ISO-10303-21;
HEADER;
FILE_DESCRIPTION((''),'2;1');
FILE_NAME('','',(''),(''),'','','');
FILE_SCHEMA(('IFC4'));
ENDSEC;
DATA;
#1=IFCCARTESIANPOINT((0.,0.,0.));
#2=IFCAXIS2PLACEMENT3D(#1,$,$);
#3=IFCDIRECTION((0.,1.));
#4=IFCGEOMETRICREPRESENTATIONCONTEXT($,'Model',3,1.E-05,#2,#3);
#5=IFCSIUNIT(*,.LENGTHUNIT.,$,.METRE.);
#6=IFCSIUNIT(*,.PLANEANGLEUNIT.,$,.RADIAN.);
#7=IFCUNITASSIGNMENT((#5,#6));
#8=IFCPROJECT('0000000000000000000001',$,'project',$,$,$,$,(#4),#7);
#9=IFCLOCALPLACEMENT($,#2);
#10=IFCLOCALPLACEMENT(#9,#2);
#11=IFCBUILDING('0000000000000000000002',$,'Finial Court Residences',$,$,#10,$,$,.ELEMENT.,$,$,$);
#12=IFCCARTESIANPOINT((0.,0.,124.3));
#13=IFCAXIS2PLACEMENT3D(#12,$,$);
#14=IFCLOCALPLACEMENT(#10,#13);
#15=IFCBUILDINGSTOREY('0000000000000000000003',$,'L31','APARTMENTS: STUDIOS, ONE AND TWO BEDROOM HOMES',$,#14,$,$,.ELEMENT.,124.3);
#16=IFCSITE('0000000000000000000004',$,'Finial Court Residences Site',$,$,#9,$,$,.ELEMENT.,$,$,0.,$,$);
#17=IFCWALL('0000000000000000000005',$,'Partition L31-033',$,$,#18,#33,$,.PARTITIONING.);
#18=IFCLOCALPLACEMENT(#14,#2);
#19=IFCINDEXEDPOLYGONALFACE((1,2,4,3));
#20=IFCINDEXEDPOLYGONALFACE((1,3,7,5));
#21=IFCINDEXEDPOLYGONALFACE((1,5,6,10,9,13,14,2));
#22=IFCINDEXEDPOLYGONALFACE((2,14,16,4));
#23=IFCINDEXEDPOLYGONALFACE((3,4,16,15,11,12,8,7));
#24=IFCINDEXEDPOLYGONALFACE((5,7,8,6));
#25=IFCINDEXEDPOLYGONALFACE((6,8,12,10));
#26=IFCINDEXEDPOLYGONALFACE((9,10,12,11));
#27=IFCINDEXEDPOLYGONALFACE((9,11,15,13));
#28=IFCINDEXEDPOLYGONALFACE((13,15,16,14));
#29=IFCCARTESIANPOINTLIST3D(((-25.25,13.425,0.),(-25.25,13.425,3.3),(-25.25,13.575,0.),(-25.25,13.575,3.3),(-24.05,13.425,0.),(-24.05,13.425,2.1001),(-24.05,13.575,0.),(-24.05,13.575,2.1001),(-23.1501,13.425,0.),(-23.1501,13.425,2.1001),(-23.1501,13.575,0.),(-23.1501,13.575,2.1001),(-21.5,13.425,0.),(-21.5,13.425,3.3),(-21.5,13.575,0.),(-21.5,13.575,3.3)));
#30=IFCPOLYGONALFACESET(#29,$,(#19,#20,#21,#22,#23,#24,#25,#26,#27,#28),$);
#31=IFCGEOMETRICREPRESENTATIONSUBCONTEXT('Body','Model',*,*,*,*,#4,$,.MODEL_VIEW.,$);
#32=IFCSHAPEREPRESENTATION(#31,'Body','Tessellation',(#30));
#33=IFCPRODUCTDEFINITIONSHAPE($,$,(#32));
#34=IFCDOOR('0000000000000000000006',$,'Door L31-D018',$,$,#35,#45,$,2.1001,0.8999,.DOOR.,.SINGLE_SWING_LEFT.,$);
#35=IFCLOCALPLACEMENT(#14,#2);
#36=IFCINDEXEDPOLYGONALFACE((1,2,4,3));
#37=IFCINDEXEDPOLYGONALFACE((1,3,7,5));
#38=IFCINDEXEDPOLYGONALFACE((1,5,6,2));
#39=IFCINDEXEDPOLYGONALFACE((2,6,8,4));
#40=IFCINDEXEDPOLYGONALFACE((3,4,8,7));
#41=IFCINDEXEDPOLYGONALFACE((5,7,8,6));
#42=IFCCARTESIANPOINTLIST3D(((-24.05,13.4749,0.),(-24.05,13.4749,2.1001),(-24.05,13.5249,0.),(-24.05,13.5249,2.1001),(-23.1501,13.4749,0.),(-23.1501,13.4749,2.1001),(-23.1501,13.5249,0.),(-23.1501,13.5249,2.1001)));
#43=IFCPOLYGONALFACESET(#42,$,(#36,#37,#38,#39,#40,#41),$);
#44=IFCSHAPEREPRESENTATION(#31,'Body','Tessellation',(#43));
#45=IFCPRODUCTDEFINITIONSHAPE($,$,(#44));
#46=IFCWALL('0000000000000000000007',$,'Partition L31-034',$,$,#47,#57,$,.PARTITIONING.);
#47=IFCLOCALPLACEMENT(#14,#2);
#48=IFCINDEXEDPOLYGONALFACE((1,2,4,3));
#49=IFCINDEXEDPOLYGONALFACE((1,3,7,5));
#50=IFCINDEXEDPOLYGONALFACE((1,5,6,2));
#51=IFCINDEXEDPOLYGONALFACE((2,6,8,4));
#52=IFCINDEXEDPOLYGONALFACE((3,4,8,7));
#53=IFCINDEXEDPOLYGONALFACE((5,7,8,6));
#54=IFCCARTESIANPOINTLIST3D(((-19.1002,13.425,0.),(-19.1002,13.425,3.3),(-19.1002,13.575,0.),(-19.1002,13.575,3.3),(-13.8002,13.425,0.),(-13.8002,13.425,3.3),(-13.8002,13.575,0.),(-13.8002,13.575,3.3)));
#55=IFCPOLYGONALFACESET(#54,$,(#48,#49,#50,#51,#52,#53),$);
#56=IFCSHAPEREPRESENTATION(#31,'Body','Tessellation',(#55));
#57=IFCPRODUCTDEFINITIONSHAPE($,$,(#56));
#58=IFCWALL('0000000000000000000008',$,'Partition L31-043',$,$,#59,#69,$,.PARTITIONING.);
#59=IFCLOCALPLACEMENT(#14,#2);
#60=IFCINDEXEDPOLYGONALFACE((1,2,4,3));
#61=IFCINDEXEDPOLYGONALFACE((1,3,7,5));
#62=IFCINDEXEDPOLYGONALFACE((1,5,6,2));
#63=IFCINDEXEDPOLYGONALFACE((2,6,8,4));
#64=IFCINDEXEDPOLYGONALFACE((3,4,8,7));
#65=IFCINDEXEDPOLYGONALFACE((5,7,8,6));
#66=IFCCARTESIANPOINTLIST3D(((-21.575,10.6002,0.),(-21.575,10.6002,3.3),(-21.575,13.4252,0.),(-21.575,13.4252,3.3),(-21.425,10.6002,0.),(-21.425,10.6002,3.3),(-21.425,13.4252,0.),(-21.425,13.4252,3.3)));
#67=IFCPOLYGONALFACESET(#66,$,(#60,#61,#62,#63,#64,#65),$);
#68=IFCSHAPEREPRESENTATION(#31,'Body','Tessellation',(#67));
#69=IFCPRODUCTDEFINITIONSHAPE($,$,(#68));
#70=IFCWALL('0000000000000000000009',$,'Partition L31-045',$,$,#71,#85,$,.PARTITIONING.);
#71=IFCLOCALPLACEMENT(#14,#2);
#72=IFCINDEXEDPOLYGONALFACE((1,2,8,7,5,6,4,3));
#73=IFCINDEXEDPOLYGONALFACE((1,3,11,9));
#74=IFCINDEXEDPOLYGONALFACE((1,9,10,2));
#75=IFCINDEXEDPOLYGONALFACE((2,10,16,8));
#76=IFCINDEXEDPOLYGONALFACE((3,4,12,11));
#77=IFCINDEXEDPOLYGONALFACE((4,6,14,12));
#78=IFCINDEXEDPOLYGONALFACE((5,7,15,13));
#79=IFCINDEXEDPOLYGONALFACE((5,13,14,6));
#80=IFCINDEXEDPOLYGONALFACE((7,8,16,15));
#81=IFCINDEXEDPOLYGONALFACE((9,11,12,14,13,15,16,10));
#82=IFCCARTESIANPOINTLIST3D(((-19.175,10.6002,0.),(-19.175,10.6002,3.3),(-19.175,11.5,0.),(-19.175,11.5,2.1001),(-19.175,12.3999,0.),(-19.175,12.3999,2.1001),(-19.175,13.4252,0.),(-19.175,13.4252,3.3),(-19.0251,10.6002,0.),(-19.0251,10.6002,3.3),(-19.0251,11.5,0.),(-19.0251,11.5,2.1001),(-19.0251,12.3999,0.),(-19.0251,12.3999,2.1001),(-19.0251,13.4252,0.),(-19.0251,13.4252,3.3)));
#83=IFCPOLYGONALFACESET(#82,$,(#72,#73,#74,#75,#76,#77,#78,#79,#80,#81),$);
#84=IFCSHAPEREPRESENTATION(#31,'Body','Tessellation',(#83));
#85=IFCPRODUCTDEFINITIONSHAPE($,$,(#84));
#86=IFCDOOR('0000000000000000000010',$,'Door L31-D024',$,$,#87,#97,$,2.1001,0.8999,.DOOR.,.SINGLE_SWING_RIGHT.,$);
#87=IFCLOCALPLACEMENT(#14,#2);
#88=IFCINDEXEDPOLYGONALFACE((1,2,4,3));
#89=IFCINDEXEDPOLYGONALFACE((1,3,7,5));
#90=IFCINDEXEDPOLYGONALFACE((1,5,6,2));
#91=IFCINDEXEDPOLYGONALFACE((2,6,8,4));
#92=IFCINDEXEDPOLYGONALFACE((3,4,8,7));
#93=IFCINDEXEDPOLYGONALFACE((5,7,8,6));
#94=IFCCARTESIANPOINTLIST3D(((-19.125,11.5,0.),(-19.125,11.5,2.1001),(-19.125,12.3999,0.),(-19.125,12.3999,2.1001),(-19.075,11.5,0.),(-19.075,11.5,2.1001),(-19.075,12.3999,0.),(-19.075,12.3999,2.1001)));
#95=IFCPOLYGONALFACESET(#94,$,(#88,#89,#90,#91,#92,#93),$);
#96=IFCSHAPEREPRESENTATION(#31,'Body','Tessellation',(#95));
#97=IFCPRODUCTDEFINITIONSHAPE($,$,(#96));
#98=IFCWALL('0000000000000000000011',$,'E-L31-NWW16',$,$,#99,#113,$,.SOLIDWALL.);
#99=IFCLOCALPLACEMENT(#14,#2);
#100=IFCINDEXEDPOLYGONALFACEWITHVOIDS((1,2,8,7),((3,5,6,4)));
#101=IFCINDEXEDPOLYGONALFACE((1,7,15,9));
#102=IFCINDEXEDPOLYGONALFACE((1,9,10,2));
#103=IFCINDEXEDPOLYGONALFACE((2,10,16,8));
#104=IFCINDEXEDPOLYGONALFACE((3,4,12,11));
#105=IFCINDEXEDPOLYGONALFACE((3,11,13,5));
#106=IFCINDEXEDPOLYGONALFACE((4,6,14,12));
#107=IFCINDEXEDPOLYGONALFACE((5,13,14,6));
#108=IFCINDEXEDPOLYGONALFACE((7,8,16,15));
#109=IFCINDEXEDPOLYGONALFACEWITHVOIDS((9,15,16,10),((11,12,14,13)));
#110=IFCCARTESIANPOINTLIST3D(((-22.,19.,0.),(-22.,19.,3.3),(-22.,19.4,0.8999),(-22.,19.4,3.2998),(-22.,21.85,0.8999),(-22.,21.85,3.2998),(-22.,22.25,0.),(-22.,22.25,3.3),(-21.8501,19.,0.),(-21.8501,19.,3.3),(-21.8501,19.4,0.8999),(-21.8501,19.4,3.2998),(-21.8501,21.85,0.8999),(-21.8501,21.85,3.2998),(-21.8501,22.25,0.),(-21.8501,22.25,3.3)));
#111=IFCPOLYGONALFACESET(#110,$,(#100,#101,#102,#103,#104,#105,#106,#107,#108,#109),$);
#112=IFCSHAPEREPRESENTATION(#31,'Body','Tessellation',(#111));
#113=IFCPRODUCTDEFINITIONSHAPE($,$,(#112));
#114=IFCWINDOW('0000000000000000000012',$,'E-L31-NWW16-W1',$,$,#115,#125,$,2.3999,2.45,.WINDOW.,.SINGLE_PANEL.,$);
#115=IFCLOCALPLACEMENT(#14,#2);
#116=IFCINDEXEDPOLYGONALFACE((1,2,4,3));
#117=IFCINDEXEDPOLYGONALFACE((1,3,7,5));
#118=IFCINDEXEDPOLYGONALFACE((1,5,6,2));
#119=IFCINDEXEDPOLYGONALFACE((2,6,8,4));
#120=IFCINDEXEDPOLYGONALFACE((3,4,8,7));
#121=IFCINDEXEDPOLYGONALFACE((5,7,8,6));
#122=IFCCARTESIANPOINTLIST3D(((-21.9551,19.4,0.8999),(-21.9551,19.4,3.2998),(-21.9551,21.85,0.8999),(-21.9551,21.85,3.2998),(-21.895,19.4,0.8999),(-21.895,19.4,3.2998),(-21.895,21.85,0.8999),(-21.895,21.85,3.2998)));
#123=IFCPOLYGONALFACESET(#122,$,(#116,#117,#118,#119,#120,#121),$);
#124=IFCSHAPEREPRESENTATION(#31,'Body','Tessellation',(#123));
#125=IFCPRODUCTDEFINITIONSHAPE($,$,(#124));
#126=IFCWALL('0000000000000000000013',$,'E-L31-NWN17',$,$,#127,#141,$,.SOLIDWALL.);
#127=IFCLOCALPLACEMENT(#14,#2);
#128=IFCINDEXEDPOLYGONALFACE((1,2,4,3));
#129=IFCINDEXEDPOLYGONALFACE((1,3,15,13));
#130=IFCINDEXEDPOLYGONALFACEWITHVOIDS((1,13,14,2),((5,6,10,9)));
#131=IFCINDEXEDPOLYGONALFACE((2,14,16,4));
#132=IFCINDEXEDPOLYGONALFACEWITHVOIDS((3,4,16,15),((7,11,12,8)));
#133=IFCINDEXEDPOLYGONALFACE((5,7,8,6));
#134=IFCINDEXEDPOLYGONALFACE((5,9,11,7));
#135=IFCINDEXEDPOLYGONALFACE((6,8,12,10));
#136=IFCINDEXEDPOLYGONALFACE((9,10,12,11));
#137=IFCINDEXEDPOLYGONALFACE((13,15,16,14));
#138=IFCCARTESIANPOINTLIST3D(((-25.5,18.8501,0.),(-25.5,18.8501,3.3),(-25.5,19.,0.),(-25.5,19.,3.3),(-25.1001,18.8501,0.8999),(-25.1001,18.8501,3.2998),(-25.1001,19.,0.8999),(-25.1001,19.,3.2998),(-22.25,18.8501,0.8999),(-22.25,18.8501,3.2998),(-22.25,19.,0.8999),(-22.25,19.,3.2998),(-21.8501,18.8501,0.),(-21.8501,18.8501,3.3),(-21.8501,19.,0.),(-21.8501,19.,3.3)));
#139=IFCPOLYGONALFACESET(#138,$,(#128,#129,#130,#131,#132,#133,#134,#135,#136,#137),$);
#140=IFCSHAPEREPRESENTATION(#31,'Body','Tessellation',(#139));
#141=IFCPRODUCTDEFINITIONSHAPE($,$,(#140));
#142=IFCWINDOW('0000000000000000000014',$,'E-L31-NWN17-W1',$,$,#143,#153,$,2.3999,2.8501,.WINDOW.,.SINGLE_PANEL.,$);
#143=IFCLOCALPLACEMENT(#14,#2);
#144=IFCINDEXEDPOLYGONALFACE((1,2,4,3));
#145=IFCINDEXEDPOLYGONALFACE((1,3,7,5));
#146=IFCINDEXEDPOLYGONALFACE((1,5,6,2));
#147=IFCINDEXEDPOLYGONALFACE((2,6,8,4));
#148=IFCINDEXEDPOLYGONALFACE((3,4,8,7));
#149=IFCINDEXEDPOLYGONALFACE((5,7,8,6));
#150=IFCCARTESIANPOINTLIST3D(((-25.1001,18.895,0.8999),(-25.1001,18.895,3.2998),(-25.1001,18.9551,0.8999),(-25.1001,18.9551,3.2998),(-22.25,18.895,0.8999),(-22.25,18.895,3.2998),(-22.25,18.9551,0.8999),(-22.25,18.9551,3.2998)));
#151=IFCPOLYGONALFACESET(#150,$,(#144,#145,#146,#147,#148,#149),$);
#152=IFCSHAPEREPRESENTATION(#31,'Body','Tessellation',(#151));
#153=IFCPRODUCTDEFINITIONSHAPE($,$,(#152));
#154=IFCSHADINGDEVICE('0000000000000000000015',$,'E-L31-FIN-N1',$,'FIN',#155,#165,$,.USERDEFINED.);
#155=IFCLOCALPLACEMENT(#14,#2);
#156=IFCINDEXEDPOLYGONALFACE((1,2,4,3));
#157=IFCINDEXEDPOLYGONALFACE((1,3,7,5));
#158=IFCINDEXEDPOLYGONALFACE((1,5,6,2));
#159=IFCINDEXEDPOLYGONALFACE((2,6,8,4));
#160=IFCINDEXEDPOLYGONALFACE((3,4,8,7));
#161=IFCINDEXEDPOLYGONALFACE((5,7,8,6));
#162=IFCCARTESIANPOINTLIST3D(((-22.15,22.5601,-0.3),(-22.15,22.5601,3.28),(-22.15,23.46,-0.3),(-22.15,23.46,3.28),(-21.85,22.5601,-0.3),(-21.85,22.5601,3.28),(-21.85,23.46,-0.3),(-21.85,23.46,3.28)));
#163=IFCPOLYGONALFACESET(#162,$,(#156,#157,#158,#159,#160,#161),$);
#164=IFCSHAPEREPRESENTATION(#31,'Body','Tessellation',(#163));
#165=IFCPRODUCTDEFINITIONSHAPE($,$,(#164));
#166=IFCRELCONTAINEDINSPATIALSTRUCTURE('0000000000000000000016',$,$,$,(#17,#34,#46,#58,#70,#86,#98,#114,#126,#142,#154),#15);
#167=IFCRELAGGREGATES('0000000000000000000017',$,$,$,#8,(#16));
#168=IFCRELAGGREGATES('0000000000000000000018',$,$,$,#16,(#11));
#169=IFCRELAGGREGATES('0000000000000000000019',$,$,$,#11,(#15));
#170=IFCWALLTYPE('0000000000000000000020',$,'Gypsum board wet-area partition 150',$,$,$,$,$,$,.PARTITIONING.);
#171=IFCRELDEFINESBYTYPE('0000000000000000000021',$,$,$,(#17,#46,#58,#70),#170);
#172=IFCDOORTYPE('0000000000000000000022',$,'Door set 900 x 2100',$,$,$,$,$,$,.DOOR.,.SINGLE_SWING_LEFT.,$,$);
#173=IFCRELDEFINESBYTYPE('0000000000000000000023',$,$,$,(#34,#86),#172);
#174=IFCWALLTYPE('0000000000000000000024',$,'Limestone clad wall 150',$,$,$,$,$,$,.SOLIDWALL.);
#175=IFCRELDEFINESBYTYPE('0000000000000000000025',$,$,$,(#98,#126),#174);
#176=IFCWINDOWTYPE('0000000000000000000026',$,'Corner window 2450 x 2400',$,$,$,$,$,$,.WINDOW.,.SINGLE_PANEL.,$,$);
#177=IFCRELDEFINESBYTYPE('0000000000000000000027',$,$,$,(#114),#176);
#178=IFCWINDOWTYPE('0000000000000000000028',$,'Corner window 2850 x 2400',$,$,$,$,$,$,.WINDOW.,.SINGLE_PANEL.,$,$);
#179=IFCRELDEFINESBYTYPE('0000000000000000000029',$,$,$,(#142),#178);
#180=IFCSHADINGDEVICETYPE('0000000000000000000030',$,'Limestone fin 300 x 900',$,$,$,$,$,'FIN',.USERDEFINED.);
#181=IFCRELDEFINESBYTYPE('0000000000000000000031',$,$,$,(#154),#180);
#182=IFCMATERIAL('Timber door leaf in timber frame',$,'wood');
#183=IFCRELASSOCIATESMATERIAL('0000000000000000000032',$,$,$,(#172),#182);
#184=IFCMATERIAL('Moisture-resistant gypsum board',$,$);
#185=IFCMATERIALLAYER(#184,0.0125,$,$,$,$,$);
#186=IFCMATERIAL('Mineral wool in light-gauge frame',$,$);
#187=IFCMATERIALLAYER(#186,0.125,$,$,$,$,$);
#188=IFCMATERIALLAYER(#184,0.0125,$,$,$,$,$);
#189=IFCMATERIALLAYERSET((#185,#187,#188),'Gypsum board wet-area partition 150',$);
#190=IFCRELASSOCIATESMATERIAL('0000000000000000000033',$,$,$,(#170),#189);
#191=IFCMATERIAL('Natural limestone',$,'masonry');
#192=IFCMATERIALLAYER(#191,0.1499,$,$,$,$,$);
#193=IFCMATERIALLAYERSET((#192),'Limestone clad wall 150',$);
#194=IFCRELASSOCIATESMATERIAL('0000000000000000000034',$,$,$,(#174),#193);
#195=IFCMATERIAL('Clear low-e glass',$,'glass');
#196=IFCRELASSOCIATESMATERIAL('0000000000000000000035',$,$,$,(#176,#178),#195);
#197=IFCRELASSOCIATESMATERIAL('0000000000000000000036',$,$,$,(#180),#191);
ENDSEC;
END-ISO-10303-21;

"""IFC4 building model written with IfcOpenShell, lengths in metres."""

from ifc_helpers import new_model, si_unit, direction, frame, frame_2d, origin, origin_2d, place, context, subcontext, project, spatial, rectangle, extrude, material, layer, layer_set, type_object, element, fill, save


model = new_model("IFC4")

# Units and contexts
model_context = context("Model", 3, precision=1e-05, world=origin(), true_north=direction((0.0, 1.0)))
body_context = subcontext(model_context, "Body", "Model", "MODEL_VIEW")
ifc_project = project(units=[si_unit("LENGTHUNIT", "METRE"), si_unit("PLANEANGLEUNIT", "RADIAN")], contexts=[model_context])

# Site, building, storey
site_placement = place(None, origin())
site = spatial("IfcSite", under=ifc_project, at=site_placement, Name="Finial Court Residences Site", CompositionType="ELEMENT", RefElevation=0.0)
building_placement = place(site_placement, origin())
building = spatial("IfcBuilding", under=site, at=building_placement, Name="Finial Court Residences", CompositionType="ELEMENT")
storey_placement = place(building_placement, frame((0.0, 0.0, 124.3)))
storey = spatial("IfcBuildingStorey", under=building, at=storey_placement, Name="L31", Description="APARTMENTS: STUDIOS, ONE AND TWO BEDROOM HOMES", CompositionType="ELEMENT", Elevation=124.3)

# Shared definitions
ifc_material_1 = material(Name="Clear low-e glass", Category="glass")

# Wall, opening, door
ifc_material_2 = material(Name="Mineral wool in light-gauge frame")
ifc_material_3 = material(Name="Timber door leaf in timber frame", Category="wood")
door_type = type_object("IfcDoorType", Name="Door set 900 x 2100", OperationType="SINGLE_SWING_LEFT", PredefinedType="DOOR", material=ifc_material_3)
ifc_material_4 = material(Name="Moisture-resistant gypsum board")
ifc_layer_1 = layer(ifc_material_4, 0.0125)
ifc_layer_2 = layer(ifc_material_2, 0.125)
ifc_layer_3 = layer(ifc_material_4, 0.0125)
ifc_layer_set_1 = layer_set([ifc_layer_1, ifc_layer_2, ifc_layer_3], Name="Gypsum board wet-area partition 150")
wall_type_1 = type_object("IfcWallType", Name="Gypsum board wet-area partition 150", PredefinedType="PARTITIONING", material=ifc_layer_set_1)
wall_1_placement = place(storey_placement, frame((-25.25, 13.5, 0.0), z_axis=(0.0, 0.0, 1.0), x_axis=(1.0, 0.0, 0.0)))
wall_1 = element("IfcWall", 1, at=wall_1_placement, inside=storey, type_object=wall_type_1, Name="Partition L31-033", PredefinedType="PARTITIONING", context=body_context, shape_type="SweptSolid", body=[
    extrude(rectangle(XDim=3.75, YDim=0.1499, at=frame_2d((1.875, 0.0))), origin(), (0.0, 0.0, 1.0), 3.3),
])
opening_1_placement = place(wall_1_placement, frame((1.2, 0.0, 0.0)))
opening_1 = element("IfcOpeningElement", 2, at=opening_1_placement, cuts=wall_1, PredefinedType="OPENING", context=body_context, shape_type="SweptSolid", body=[
    extrude(rectangle(XDim=0.8999, YDim=2.1001, at=frame_2d((0.45, 1.05))), frame((0.0, 0.085, 0.0), z_axis=(0.0, -1.0, 0.0), x_axis=(1.0, 0.0, 0.0)), (0.0, 0.0, 1.0), 0.1699),
])
door_1_placement = place(opening_1_placement, origin())
door_1 = element("IfcDoor", 3, at=door_1_placement, inside=storey, type_object=door_type, Name="Door L31-D018", OperationType="SINGLE_SWING_LEFT", OverallHeight=2.1001, OverallWidth=0.8999, PredefinedType="DOOR", context=body_context, shape_type="SweptSolid", body=[
    extrude(rectangle(XDim=0.8999, YDim=2.1001, at=frame_2d((0.45, 1.05))), frame((0.0, 0.0249, 0.0), z_axis=(0.0, -1.0, 0.0), x_axis=(1.0, 0.0, 0.0)), (0.0, 0.0, 1.0), 0.05),
])
fill(opening_1, door_1)

# Walls
wall_2_placement = place(storey_placement, frame((-19.1001, 13.5, 0.0), z_axis=(0.0, 0.0, 1.0), x_axis=(1.0, 0.0, 0.0)))
element("IfcWall", 4, at=wall_2_placement, inside=storey, type_object=wall_type_1, Name="Partition L31-034", PredefinedType="PARTITIONING", context=body_context, shape_type="SweptSolid", body=[
    extrude(rectangle(XDim=5.3, YDim=0.1499, at=frame_2d((2.6499, 0.0))), origin(), (0.0, 0.0, 1.0), 3.3),
])
wall_3_placement = place(storey_placement, frame((-21.5, 10.6001, 0.0), z_axis=(0.0, 0.0, 1.0), x_axis=(0.0, 1.0, 0.0)))
element("IfcWall", 5, at=wall_3_placement, inside=storey, type_object=wall_type_1, Name="Partition L31-043", PredefinedType="PARTITIONING", context=body_context, shape_type="SweptSolid", body=[
    extrude(rectangle(XDim=2.825, YDim=0.1499, at=frame_2d((1.4126, 0.0))), origin(), (0.0, 0.0, 1.0), 3.3),
])

# Wall, opening, door
wall_4_placement = place(storey_placement, frame((-19.1001, 10.6001, 0.0), z_axis=(0.0, 0.0, 1.0), x_axis=(0.0, 1.0, 0.0)))
wall_4 = element("IfcWall", 6, at=wall_4_placement, inside=storey, type_object=wall_type_1, Name="Partition L31-045", PredefinedType="PARTITIONING", context=body_context, shape_type="SweptSolid", body=[
    extrude(rectangle(XDim=2.825, YDim=0.1499, at=frame_2d((1.4126, 0.0))), origin(), (0.0, 0.0, 1.0), 3.3),
])
opening_2_placement = place(wall_4_placement, frame((0.8999, 0.0, 0.0)))
opening_2 = element("IfcOpeningElement", 7, at=opening_2_placement, cuts=wall_4, PredefinedType="OPENING", context=body_context, shape_type="SweptSolid", body=[
    extrude(rectangle(XDim=0.8999, YDim=2.1001, at=frame_2d((0.45, 1.05))), frame((0.0, 0.085, 0.0), z_axis=(0.0, -1.0, 0.0), x_axis=(1.0, 0.0, 0.0)), (0.0, 0.0, 1.0), 0.1699),
])
door_2_placement = place(opening_2_placement, origin())
door_2 = element("IfcDoor", 8, at=door_2_placement, inside=storey, type_object=door_type, Name="Door L31-D024", OperationType="SINGLE_SWING_RIGHT", OverallHeight=2.1001, OverallWidth=0.8999, PredefinedType="DOOR", context=body_context, shape_type="SweptSolid", body=[
    extrude(rectangle(XDim=0.8999, YDim=2.1001, at=frame_2d((0.45, 1.05))), frame((0.0, 0.0249, 0.0), z_axis=(0.0, -1.0, 0.0), x_axis=(1.0, 0.0, 0.0)), (0.0, 0.0, 1.0), 0.05),
])
fill(opening_2, door_2)

# Walls, openings, windows
ifc_material_5 = material(Name="Natural limestone", Category="masonry")
ifc_layer_4 = layer(ifc_material_5, 0.1499)
ifc_layer_set_2 = layer_set([ifc_layer_4], Name="Limestone clad wall 150")
wall_type_2 = type_object("IfcWallType", Name="Limestone clad wall 150", PredefinedType="SOLIDWALL", material=ifc_layer_set_2)
wall_5_placement = place(storey_placement, frame((-21.925, 19.0, 0.0), z_axis=(0.0, 0.0, 1.0), x_axis=(0.0, 1.0, 0.0)))
wall_5 = element("IfcWall", 9, at=wall_5_placement, inside=storey, type_object=wall_type_2, Name="E-L31-NWW16", PredefinedType="SOLIDWALL", context=body_context, shape_type="SweptSolid", body=[
    extrude(rectangle(XDim=3.25, YDim=0.1499, at=frame_2d((1.625, 0.0))), origin(), (0.0, 0.0, 1.0), 3.3),
])
opening_3_placement = place(wall_5_placement, frame((0.3999, 0.0, 0.8999)))
opening_3 = element("IfcOpeningElement", 10, at=opening_3_placement, cuts=wall_5, PredefinedType="OPENING", context=body_context, shape_type="SweptSolid", body=[
    extrude(rectangle(XDim=2.45, YDim=2.3999, at=frame_2d((1.2251, 1.2))), frame((0.0, 0.085, 0.0), z_axis=(0.0, -1.0, 0.0), x_axis=(1.0, 0.0, 0.0)), (0.0, 0.0, 1.0), 0.1699),
])
window_type_1 = type_object("IfcWindowType", Name="Corner window 2450 x 2400", PartitioningType="SINGLE_PANEL", PredefinedType="WINDOW", material=ifc_material_1)
window_1_placement = place(opening_3_placement, origin())
window_1 = element("IfcWindow", 11, at=window_1_placement, inside=storey, type_object=window_type_1, Name="E-L31-NWW16-W1", OverallHeight=2.3999, OverallWidth=2.45, PartitioningType="SINGLE_PANEL", PredefinedType="WINDOW", context=body_context, shape_type="SweptSolid", body=[
    extrude(rectangle(XDim=2.45, YDim=2.3999, at=frame_2d((1.2251, 1.2))), frame((0.0, 0.03, 0.0), z_axis=(0.0, -1.0, 0.0), x_axis=(1.0, 0.0, 0.0)), (0.0, 0.0, 1.0), 0.0601),
])
fill(opening_3, window_1)
wall_6_placement = place(storey_placement, frame((-25.5, 18.925, 0.0), z_axis=(0.0, 0.0, 1.0), x_axis=(1.0, 0.0, 0.0)))
wall_6 = element("IfcWall", 12, at=wall_6_placement, inside=storey, type_object=wall_type_2, Name="E-L31-NWN17", PredefinedType="SOLIDWALL", context=body_context, shape_type="SweptSolid", body=[
    extrude(rectangle(XDim=3.6499, YDim=0.1499, at=frame_2d((1.825, 0.0))), origin(), (0.0, 0.0, 1.0), 3.3),
])
opening_4_placement = place(wall_6_placement, frame((0.3999, 0.0, 0.8999)))
opening_4 = element("IfcOpeningElement", 13, at=opening_4_placement, cuts=wall_6, PredefinedType="OPENING", context=body_context, shape_type="SweptSolid", body=[
    extrude(rectangle(XDim=2.8501, YDim=2.3999, at=frame_2d((1.425, 1.2))), frame((0.0, 0.085, 0.0), z_axis=(0.0, -1.0, 0.0), x_axis=(1.0, 0.0, 0.0)), (0.0, 0.0, 1.0), 0.1699),
])
window_type_2 = type_object("IfcWindowType", Name="Corner window 2850 x 2400", PartitioningType="SINGLE_PANEL", PredefinedType="WINDOW", material=ifc_material_1)
window_2_placement = place(opening_4_placement, origin())
window_2 = element("IfcWindow", 14, at=window_2_placement, inside=storey, type_object=window_type_2, Name="E-L31-NWN17-W1", OverallHeight=2.3999, OverallWidth=2.8501, PartitioningType="SINGLE_PANEL", PredefinedType="WINDOW", context=body_context, shape_type="SweptSolid", body=[
    extrude(rectangle(XDim=2.8501, YDim=2.3999, at=frame_2d((1.425, 1.2))), frame((0.0, 0.03, 0.0), z_axis=(0.0, -1.0, 0.0), x_axis=(1.0, 0.0, 0.0)), (0.0, 0.0, 1.0), 0.0601),
])
fill(opening_4, window_2)

# Shading device
shading_device_type = type_object("IfcShadingDeviceType", Name="Limestone fin 300 x 900", ElementType="FIN", PredefinedType="USERDEFINED", material=ifc_material_5)
shading_device_placement = place(storey_placement, frame((-22.0, 23.01, -0.3), z_axis=(0.0, 0.0, 1.0), x_axis=(1.0, 0.0, 0.0)))
element("IfcShadingDevice", 15, at=shading_device_placement, inside=storey, type_object=shading_device_type, Name="E-L31-FIN-N1", ObjectType="FIN", PredefinedType="USERDEFINED", context=body_context, shape_type="SweptSolid", body=[
    extrude(rectangle(XDim=0.3, YDim=0.8999, at=origin_2d()), origin(), (0.0, 0.0, 1.0), 3.5801),
])

save(model, "model.ifc")
